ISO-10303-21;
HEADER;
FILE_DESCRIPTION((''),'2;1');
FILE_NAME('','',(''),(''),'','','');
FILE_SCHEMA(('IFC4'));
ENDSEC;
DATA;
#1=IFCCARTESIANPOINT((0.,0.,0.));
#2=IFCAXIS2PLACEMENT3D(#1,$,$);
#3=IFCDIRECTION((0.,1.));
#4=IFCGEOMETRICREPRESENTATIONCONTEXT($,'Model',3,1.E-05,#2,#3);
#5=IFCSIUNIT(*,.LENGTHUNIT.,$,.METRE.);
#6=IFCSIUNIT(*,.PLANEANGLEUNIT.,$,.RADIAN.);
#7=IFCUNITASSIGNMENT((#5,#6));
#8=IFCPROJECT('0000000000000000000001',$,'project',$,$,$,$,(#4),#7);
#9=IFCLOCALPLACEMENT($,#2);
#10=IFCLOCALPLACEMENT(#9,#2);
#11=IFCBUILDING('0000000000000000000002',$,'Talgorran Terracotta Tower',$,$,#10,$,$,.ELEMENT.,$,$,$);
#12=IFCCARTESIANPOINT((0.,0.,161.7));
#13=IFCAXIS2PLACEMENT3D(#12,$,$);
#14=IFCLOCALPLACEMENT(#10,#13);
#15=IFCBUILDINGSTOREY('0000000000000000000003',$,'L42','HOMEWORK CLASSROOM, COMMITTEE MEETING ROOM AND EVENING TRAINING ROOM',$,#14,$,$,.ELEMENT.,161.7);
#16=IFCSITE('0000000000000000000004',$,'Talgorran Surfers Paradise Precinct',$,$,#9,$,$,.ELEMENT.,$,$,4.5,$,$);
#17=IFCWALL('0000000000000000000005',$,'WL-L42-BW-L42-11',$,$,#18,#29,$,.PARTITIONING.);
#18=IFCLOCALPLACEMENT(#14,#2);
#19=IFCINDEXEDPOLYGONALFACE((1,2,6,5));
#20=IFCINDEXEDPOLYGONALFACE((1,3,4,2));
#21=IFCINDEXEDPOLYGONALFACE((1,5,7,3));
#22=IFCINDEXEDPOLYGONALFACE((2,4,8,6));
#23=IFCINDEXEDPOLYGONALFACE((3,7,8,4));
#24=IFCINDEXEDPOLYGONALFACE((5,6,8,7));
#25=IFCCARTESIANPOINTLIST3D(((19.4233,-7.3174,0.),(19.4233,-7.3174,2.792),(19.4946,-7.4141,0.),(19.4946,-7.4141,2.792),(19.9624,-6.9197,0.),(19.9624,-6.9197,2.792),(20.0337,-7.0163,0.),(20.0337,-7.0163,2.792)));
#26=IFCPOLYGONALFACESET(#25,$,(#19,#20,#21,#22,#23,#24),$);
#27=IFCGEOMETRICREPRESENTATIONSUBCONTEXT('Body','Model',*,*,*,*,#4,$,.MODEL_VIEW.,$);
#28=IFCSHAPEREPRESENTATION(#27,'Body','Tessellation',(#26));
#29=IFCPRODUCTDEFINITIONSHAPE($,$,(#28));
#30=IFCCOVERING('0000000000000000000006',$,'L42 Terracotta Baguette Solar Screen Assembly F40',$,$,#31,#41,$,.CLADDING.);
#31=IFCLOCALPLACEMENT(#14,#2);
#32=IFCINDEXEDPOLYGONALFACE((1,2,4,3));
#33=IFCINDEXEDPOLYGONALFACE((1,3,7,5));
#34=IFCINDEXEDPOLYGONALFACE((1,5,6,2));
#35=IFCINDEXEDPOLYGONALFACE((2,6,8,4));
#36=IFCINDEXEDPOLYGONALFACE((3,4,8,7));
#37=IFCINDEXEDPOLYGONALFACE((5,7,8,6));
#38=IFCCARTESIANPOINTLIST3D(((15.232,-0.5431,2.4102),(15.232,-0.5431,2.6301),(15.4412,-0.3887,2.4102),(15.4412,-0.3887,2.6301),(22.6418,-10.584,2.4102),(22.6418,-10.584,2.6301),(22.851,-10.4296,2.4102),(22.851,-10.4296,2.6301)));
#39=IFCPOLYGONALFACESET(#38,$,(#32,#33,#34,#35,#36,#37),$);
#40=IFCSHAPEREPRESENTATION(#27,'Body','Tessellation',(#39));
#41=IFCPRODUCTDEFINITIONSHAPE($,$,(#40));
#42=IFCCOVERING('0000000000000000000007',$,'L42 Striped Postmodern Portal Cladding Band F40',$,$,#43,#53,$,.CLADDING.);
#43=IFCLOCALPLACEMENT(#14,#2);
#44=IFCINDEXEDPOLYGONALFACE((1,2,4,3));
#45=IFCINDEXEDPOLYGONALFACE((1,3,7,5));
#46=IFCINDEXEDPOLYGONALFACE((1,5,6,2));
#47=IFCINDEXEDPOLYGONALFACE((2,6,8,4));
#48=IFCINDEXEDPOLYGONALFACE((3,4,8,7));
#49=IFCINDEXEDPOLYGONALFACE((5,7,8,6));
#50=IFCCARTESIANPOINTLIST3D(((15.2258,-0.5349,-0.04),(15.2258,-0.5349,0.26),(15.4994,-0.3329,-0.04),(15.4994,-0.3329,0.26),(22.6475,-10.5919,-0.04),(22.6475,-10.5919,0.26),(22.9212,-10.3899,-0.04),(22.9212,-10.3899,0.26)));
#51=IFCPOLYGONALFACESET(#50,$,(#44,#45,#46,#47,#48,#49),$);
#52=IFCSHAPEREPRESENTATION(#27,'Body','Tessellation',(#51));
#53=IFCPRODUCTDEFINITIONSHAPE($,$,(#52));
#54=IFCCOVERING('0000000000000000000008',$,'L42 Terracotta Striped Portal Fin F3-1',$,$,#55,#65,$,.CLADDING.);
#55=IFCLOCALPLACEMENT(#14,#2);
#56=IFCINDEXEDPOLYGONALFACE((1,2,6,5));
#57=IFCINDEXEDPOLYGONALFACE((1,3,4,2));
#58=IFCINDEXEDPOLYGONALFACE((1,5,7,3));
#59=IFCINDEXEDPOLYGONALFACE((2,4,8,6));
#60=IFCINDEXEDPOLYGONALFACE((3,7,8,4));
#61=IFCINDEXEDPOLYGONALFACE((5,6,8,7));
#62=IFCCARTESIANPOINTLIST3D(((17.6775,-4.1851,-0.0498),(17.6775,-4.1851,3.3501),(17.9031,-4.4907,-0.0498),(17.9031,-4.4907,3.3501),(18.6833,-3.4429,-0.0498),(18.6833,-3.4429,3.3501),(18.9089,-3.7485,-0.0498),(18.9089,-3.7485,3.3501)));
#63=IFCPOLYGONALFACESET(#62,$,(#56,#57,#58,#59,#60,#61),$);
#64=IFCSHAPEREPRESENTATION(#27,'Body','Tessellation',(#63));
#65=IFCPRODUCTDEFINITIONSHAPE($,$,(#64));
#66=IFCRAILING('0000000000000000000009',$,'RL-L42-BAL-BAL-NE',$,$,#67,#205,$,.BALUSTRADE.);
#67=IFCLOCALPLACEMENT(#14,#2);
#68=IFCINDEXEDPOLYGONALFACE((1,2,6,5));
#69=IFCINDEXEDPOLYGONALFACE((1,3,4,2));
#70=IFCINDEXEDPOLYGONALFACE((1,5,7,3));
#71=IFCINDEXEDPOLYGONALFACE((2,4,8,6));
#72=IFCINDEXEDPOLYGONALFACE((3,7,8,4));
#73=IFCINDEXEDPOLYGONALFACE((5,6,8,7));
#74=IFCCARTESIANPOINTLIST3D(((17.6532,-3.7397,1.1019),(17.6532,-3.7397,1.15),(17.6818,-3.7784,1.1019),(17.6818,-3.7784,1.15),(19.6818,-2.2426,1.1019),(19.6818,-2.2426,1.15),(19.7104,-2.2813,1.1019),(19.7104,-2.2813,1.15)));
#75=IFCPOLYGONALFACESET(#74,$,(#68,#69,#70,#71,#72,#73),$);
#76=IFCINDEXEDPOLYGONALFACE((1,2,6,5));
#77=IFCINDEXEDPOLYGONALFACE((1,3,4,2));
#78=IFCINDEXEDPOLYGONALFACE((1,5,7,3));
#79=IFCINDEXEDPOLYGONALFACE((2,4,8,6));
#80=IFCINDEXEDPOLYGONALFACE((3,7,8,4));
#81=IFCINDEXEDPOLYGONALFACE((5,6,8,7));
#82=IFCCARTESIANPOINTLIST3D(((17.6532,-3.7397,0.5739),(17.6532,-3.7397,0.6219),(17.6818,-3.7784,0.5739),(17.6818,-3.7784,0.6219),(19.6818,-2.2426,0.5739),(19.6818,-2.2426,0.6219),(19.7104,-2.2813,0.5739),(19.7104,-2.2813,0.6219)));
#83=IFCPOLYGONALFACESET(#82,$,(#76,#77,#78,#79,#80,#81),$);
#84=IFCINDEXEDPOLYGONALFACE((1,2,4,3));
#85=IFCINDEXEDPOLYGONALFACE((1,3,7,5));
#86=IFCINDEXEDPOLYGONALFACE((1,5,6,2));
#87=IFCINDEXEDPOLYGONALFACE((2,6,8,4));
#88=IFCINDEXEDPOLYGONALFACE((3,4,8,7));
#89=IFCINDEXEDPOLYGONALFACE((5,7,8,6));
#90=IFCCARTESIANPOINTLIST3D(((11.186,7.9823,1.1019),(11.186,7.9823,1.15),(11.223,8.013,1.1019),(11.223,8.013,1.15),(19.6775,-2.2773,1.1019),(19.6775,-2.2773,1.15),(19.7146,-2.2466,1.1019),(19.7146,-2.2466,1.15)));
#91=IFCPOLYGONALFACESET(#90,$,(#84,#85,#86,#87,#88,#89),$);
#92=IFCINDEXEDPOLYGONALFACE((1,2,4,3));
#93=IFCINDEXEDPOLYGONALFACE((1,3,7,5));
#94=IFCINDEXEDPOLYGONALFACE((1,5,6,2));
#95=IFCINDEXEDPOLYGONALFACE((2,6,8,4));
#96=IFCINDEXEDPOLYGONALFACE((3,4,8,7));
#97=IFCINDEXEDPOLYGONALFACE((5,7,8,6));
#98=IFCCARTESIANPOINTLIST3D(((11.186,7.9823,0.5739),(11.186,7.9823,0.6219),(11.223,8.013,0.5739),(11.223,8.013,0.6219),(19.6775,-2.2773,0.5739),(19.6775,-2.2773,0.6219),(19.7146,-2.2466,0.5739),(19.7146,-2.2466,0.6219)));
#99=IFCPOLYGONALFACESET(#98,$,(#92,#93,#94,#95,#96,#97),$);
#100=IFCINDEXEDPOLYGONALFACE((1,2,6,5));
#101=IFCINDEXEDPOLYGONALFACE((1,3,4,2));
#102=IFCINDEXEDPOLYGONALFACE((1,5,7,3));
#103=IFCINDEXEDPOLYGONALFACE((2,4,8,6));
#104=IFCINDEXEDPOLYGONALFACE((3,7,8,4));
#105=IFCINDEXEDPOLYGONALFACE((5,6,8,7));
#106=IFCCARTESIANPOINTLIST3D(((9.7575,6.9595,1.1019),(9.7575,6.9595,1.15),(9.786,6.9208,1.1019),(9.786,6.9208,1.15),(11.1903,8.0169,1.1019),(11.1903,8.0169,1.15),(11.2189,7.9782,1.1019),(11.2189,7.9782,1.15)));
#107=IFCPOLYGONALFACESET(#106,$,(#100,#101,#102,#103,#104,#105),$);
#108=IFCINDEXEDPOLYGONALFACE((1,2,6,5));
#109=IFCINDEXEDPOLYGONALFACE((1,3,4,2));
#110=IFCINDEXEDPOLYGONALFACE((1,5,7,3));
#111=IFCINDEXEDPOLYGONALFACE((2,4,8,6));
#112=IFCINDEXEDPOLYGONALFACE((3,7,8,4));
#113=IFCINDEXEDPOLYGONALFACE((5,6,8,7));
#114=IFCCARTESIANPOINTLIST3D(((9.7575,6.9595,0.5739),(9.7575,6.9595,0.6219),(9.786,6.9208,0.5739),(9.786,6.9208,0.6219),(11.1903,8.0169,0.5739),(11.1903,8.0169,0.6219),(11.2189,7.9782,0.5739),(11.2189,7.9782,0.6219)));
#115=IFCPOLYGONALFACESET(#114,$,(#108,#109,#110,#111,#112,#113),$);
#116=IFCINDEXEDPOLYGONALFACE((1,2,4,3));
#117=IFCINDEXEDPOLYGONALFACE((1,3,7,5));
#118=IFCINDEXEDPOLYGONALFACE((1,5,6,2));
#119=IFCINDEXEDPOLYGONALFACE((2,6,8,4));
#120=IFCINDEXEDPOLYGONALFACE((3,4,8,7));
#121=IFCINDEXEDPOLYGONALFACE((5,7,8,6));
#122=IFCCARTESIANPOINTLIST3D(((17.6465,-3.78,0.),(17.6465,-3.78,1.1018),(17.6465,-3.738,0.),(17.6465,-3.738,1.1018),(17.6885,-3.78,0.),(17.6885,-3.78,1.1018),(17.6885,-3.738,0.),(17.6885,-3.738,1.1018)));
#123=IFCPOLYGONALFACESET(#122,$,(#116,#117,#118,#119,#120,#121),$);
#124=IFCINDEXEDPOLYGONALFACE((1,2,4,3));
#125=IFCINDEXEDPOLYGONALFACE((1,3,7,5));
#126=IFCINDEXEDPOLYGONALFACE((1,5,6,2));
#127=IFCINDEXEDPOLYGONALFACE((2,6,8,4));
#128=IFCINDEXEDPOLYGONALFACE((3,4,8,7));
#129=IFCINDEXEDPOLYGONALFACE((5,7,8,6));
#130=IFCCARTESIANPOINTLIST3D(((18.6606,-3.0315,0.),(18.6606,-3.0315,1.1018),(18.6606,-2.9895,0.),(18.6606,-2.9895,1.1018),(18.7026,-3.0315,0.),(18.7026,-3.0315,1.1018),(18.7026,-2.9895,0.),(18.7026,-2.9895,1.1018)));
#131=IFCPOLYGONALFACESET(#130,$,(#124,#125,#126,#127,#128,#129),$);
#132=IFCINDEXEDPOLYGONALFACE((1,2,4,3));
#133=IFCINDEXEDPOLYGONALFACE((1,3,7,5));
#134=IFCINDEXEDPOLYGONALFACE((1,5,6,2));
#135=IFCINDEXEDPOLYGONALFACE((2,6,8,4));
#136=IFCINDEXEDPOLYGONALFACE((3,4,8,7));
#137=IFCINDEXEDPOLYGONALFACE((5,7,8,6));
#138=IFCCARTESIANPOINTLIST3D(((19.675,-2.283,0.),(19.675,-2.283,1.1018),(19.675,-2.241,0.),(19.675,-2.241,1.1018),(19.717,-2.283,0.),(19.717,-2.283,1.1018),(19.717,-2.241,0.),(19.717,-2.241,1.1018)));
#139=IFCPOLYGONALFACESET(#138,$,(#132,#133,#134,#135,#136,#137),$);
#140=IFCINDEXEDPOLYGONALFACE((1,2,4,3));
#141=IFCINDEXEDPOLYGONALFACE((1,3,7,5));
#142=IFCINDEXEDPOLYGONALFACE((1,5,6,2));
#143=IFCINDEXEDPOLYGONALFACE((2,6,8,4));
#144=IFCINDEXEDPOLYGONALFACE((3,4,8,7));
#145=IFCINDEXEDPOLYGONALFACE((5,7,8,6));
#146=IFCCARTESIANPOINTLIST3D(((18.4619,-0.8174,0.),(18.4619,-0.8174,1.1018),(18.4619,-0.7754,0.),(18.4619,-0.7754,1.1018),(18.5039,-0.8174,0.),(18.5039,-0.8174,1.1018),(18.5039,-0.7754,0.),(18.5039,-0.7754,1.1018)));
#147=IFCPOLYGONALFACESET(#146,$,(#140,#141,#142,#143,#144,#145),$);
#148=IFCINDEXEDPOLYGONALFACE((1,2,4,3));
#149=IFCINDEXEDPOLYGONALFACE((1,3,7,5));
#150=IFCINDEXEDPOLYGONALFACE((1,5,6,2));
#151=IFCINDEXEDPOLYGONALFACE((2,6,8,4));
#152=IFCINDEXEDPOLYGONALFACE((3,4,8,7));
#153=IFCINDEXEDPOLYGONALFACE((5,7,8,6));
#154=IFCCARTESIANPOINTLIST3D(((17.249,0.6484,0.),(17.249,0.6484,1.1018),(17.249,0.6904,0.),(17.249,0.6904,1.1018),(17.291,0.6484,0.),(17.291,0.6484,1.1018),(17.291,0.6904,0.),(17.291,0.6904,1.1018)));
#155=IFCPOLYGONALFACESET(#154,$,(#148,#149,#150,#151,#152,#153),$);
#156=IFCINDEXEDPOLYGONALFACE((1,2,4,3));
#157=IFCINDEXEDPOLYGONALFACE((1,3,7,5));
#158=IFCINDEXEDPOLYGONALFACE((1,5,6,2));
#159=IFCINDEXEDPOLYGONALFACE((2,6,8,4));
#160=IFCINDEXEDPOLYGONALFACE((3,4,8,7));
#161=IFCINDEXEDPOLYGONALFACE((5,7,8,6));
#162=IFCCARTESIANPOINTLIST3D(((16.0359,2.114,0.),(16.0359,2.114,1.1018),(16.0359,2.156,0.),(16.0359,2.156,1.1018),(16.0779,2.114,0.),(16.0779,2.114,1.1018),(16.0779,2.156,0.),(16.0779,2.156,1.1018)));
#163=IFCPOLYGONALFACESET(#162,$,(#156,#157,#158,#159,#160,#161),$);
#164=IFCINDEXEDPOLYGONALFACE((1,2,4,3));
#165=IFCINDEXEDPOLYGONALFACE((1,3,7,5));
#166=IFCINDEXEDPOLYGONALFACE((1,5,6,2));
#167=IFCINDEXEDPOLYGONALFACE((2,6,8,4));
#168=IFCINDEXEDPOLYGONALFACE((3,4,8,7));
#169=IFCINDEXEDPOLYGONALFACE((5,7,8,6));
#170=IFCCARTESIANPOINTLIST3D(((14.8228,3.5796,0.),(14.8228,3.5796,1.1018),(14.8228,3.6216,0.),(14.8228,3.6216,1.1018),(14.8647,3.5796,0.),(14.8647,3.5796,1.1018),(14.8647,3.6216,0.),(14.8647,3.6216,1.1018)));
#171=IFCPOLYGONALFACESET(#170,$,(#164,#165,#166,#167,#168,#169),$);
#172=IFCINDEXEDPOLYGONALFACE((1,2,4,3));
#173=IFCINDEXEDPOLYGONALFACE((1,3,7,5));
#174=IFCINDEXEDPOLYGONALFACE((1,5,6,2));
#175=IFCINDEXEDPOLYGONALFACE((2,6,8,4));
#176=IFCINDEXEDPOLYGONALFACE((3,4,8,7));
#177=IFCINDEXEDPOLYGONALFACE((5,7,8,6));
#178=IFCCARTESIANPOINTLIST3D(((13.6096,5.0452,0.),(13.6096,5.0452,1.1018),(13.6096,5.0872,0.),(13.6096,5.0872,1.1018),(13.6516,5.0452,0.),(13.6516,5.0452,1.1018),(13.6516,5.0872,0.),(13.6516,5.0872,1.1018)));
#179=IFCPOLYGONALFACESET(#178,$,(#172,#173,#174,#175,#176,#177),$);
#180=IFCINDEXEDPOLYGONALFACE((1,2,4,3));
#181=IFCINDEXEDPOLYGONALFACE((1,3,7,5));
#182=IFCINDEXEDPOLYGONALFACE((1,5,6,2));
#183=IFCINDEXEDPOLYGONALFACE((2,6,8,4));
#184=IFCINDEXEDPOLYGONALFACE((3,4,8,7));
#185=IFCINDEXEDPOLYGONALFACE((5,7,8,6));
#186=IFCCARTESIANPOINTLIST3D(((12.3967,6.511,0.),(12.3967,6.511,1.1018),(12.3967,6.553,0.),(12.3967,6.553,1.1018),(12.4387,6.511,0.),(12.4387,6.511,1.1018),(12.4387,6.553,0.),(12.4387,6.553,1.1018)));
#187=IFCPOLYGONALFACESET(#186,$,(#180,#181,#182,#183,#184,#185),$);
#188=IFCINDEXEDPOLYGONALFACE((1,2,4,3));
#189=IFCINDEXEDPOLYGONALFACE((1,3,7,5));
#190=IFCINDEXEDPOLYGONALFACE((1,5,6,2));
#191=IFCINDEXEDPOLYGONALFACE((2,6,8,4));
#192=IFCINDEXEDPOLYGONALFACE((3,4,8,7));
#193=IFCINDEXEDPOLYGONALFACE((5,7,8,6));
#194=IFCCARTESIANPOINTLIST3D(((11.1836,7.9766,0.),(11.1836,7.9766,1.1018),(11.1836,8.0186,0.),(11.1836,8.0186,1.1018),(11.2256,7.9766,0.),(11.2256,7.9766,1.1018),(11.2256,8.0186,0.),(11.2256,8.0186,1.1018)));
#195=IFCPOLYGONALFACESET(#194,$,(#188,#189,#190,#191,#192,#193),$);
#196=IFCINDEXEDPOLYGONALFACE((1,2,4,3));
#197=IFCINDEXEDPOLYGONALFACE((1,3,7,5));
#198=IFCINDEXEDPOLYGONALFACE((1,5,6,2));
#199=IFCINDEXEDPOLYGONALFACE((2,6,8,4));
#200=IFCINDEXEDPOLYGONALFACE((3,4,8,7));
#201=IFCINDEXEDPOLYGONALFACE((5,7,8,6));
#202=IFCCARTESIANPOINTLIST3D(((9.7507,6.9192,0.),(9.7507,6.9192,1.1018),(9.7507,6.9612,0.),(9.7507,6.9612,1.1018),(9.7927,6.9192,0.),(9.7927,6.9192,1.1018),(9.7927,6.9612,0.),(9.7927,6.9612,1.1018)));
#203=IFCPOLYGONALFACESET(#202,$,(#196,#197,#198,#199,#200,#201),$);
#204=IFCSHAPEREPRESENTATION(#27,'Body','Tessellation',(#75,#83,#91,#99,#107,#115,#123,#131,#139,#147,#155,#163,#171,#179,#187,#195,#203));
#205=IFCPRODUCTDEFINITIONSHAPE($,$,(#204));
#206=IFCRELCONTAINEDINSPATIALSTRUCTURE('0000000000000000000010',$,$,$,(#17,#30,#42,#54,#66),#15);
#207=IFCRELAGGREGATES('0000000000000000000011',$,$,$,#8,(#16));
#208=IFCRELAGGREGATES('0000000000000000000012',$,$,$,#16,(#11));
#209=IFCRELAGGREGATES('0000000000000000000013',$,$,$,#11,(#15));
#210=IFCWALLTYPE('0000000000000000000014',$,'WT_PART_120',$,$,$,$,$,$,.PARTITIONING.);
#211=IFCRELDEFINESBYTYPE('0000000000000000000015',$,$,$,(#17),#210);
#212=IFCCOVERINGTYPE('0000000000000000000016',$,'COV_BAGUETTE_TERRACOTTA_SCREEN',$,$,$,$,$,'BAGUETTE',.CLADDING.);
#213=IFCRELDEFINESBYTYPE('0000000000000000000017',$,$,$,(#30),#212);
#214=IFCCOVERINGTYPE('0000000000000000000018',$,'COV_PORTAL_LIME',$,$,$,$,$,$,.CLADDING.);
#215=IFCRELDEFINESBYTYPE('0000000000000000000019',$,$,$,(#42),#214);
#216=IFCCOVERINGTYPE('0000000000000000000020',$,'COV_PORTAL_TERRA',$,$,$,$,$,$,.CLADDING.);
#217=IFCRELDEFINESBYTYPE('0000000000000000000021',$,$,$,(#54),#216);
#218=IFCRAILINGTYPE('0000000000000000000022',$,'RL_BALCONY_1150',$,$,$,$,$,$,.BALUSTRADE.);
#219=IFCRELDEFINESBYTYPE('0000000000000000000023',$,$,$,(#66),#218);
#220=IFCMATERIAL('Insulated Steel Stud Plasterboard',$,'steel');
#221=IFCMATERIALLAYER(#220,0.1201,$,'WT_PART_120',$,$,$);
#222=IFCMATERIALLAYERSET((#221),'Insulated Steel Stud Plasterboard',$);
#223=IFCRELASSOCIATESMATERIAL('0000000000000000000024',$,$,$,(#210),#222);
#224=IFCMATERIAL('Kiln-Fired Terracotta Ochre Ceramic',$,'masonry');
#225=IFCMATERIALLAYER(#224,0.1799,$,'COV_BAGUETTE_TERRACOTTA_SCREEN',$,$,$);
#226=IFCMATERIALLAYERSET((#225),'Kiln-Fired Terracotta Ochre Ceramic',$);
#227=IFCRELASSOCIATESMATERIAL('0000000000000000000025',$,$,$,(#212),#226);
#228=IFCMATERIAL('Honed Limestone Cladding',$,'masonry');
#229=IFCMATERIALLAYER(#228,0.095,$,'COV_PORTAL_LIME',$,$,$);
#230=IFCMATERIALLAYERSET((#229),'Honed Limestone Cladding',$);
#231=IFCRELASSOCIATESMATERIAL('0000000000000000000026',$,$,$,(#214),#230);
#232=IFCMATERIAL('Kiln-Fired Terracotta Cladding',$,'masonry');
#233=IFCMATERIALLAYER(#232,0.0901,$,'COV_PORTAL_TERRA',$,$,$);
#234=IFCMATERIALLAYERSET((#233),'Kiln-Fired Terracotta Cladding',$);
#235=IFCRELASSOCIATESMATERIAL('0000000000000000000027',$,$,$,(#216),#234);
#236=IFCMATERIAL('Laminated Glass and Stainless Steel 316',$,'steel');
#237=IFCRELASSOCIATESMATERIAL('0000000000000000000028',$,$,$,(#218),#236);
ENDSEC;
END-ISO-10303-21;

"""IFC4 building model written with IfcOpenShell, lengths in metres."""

from ifc_helpers import new_model, si_unit, direction, frame, frame_2d, origin, origin_2d, place, context, subcontext, project, spatial, rectangle, extrude, material, layer, layer_set, type_object, element, save


model = new_model("IFC4")

# Units and contexts
model_context = context("Model", 3, precision=1e-05, world=origin(), true_north=direction((0.0, 1.0)))
body_context = subcontext(model_context, "Body", "Model", "MODEL_VIEW")
ifc_project = project(units=[si_unit("LENGTHUNIT", "METRE"), si_unit("PLANEANGLEUNIT", "RADIAN")], contexts=[model_context])

# Site, building, storey
site_placement = place(None, origin())
site = spatial("IfcSite", under=ifc_project, at=site_placement, Name="Talgorran Surfers Paradise Precinct", CompositionType="ELEMENT", RefElevation=4.5)
building_placement = place(site_placement, origin())
building = spatial("IfcBuilding", under=site, at=building_placement, Name="Talgorran Terracotta Tower", CompositionType="ELEMENT")
storey_placement = place(building_placement, frame((0.0, 0.0, 161.7)))
storey = spatial("IfcBuildingStorey", under=building, at=storey_placement, Name="L42", Description="HOMEWORK CLASSROOM, COMMITTEE MEETING ROOM AND EVENING TRAINING ROOM", CompositionType="ELEMENT", Elevation=161.7)

# Wall
ifc_material_1 = material(Name="Insulated Steel Stud Plasterboard", Category="steel")
ifc_layer_1 = layer(ifc_material_1, 0.1201, Name="WT_PART_120")
ifc_layer_set_1 = layer_set([ifc_layer_1], Name="Insulated Steel Stud Plasterboard")
wall_type_1 = type_object("IfcWallType", Name="WT_PART_120", PredefinedType="PARTITIONING", material=ifc_layer_set_1)
wall_1_placement = place(storey_placement, frame((19.459, -7.3657, 0.0), z_axis=(0.0, 0.0, 1.0), x_axis=(0.804698, 0.593684, 0.0)))
element("IfcWall", 1, at=wall_1_placement, inside=storey, type_object=wall_type_1, Name="WL-L42-BW-L42-11", PredefinedType="PARTITIONING", context=body_context, shape_type="SweptSolid", body=[
    extrude(rectangle(XDim=0.6699, YDim=0.1201, at=frame_2d((0.335, 0.0))), origin(), (0.0, 0.0, 1.0), 2.792),
])

# Coverings
ifc_material_2 = material(Name="Kiln-Fired Terracotta Ochre Ceramic", Category="masonry")
ifc_layer_2 = layer(ifc_material_2, 0.1799, Name="COV_BAGUETTE_TERRACOTTA_SCREEN")
ifc_layer_set_2 = layer_set([ifc_layer_2], Name="Kiln-Fired Terracotta Ochre Ceramic")
covering_type_1 = type_object("IfcCoveringType", Name="COV_BAGUETTE_TERRACOTTA_SCREEN", ElementType="BAGUETTE", PredefinedType="CLADDING", material=ifc_layer_set_2)
covering_1_placement = place(storey_placement, frame((19.0415, -5.4863, 2.4102), z_axis=(0.0, 0.0, 1.0), x_axis=(-0.593784, 0.804624, 0.0)))
element("IfcCovering", 2, at=covering_1_placement, inside=storey, type_object=covering_type_1, Name="L42 Terracotta Baguette Solar Screen Assembly F40", PredefinedType="CLADDING", context=body_context, shape_type="SweptSolid", body=[
    extrude(rectangle(XDim=12.479, YDim=0.26, at=origin_2d()), origin(), (0.0, 0.0, 1.0), 0.22),
])
ifc_material_3 = material(Name="Honed Limestone Cladding", Category="masonry")
ifc_layer_3 = layer(ifc_material_3, 0.095, Name="COV_PORTAL_LIME")
ifc_layer_set_3 = layer_set([ifc_layer_3], Name="Honed Limestone Cladding")
covering_type_2 = type_object("IfcCoveringType", Name="COV_PORTAL_LIME", PredefinedType="CLADDING", material=ifc_layer_set_3)
covering_2_placement = place(storey_placement, frame((19.0735, -5.4624, -0.04), z_axis=(0.0, 0.0, 1.0), x_axis=(-0.593784, 0.804624, 0.0)))
element("IfcCovering", 3, at=covering_2_placement, inside=storey, type_object=covering_type_2, Name="L42 Striped Postmodern Portal Cladding Band F40", PredefinedType="CLADDING", context=body_context, shape_type="SweptSolid", body=[
    extrude(rectangle(XDim=12.499, YDim=0.3401, at=origin_2d()), origin(), (0.0, 0.0, 1.0), 0.3),
])
ifc_material_4 = material(Name="Kiln-Fired Terracotta Cladding", Category="masonry")
ifc_layer_4 = layer(ifc_material_4, 0.0901, Name="COV_PORTAL_TERRA")
ifc_layer_set_4 = layer_set([ifc_layer_4], Name="Kiln-Fired Terracotta Cladding")
covering_type_3 = type_object("IfcCoveringType", Name="COV_PORTAL_TERRA", PredefinedType="CLADDING", material=ifc_layer_set_4)
covering_3_placement = place(storey_placement, frame((18.2932, -3.9668, -0.0498), z_axis=(0.0, 0.0, 1.0), x_axis=(-0.593784, 0.804624, 0.0)))
element("IfcCovering", 4, at=covering_3_placement, inside=storey, type_object=covering_type_3, Name="L42 Terracotta Striped Portal Fin F3-1", PredefinedType="CLADDING", context=body_context, shape_type="SweptSolid", body=[
    extrude(rectangle(XDim=0.3799, YDim=1.25, at=origin_2d()), origin(), (0.0, 0.0, 1.0), 3.3999),
])

# Railing
ifc_material_5 = material(Name="Laminated Glass and Stainless Steel 316", Category="steel")
railing_type = type_object("IfcRailingType", Name="RL_BALCONY_1150", PredefinedType="BALUSTRADE", material=ifc_material_5)
railing_placement = place(storey_placement, frame((17.6675, -3.759, 0.0)))
element("IfcRailing", 5, at=railing_placement, inside=storey, type_object=railing_type, Name="RL-L42-BAL-BAL-NE", PredefinedType="BALUSTRADE", context=body_context, shape_type="SweptSolid", body=[
    extrude(rectangle(XDim=0.0481, YDim=0.0481, at=origin_2d()), frame((0.0, 0.0, 1.126), z_axis=(0.804613, 0.5938, 0.0), x_axis=(-0.5938, 0.804613, 0.0)), (0.0, 0.0, 1.0), 2.5212),
    extrude(rectangle(XDim=0.0481, YDim=0.0481, at=origin_2d()), frame((0.0, 0.0, 0.5979), z_axis=(0.804613, 0.5938, 0.0), x_axis=(-0.5938, 0.804613, 0.0)), (0.0, 0.0, 1.0), 2.5212),
    extrude(rectangle(XDim=0.0481, YDim=0.0481, at=origin_2d()), frame((2.0286, 1.4971, 1.126), z_axis=(-0.637604, 0.770364, 0.0), x_axis=(-0.770364, -0.637604, 0.0)), (0.0, 0.0, 1.0), 13.3179),
    extrude(rectangle(XDim=0.0481, YDim=0.0481, at=origin_2d()), frame((2.0286, 1.4971, 0.5979), z_axis=(-0.637604, 0.770364, 0.0), x_axis=(-0.770364, -0.637604, 0.0)), (0.0, 0.0, 1.0), 13.3179),
    extrude(rectangle(XDim=0.0481, YDim=0.0481, at=origin_2d()), frame((-6.4629, 11.7566, 1.126), z_axis=(-0.804632, -0.593774, 0.0), x_axis=(0.593774, -0.804632, 0.0)), (0.0, 0.0, 1.0), 1.7808),
    extrude(rectangle(XDim=0.0481, YDim=0.0481, at=origin_2d()), frame((-6.4629, 11.7566, 0.5979), z_axis=(-0.804632, -0.593774, 0.0), x_axis=(0.593774, -0.804632, 0.0)), (0.0, 0.0, 1.0), 1.7808),
    extrude(rectangle(XDim=0.042, YDim=0.042, at=origin_2d()), origin(), (0.0, 0.0, 1.0), 1.1018),
    extrude(rectangle(XDim=0.042, YDim=0.042, at=origin_2d()), frame((1.0142, 0.7485, 0.0)), (0.0, 0.0, 1.0), 1.1018),
    extrude(rectangle(XDim=0.042, YDim=0.042, at=origin_2d()), frame((2.0286, 1.4971, 0.0)), (0.0, 0.0, 1.0), 1.1018),
    extrude(rectangle(XDim=0.042, YDim=0.042, at=origin_2d()), frame((0.8154, 2.9626, 0.0)), (0.0, 0.0, 1.0), 1.1018),
    extrude(rectangle(XDim=0.042, YDim=0.042, at=origin_2d()), frame((-0.3975, 4.4285, 0.0)), (0.0, 0.0, 1.0), 1.1018),
    extrude(rectangle(XDim=0.042, YDim=0.042, at=origin_2d()), frame((-1.6106, 5.894, 0.0)), (0.0, 0.0, 1.0), 1.1018),
    extrude(rectangle(XDim=0.042, YDim=0.042, at=origin_2d()), frame((-2.8237, 7.3596, 0.0)), (0.0, 0.0, 1.0), 1.1018),
    extrude(rectangle(XDim=0.042, YDim=0.042, at=origin_2d()), frame((-4.0369, 8.8252, 0.0)), (0.0, 0.0, 1.0), 1.1018),
    extrude(rectangle(XDim=0.042, YDim=0.042, at=origin_2d()), frame((-5.2498, 10.291, 0.0)), (0.0, 0.0, 1.0), 1.1018),
    extrude(rectangle(XDim=0.042, YDim=0.042, at=origin_2d()), frame((-6.4629, 11.7566, 0.0)), (0.0, 0.0, 1.0), 1.1018),
    extrude(rectangle(XDim=0.042, YDim=0.042, at=origin_2d()), frame((-7.8958, 10.6992, 0.0)), (0.0, 0.0, 1.0), 1.1018),
])

save(model, "model.ifc")
